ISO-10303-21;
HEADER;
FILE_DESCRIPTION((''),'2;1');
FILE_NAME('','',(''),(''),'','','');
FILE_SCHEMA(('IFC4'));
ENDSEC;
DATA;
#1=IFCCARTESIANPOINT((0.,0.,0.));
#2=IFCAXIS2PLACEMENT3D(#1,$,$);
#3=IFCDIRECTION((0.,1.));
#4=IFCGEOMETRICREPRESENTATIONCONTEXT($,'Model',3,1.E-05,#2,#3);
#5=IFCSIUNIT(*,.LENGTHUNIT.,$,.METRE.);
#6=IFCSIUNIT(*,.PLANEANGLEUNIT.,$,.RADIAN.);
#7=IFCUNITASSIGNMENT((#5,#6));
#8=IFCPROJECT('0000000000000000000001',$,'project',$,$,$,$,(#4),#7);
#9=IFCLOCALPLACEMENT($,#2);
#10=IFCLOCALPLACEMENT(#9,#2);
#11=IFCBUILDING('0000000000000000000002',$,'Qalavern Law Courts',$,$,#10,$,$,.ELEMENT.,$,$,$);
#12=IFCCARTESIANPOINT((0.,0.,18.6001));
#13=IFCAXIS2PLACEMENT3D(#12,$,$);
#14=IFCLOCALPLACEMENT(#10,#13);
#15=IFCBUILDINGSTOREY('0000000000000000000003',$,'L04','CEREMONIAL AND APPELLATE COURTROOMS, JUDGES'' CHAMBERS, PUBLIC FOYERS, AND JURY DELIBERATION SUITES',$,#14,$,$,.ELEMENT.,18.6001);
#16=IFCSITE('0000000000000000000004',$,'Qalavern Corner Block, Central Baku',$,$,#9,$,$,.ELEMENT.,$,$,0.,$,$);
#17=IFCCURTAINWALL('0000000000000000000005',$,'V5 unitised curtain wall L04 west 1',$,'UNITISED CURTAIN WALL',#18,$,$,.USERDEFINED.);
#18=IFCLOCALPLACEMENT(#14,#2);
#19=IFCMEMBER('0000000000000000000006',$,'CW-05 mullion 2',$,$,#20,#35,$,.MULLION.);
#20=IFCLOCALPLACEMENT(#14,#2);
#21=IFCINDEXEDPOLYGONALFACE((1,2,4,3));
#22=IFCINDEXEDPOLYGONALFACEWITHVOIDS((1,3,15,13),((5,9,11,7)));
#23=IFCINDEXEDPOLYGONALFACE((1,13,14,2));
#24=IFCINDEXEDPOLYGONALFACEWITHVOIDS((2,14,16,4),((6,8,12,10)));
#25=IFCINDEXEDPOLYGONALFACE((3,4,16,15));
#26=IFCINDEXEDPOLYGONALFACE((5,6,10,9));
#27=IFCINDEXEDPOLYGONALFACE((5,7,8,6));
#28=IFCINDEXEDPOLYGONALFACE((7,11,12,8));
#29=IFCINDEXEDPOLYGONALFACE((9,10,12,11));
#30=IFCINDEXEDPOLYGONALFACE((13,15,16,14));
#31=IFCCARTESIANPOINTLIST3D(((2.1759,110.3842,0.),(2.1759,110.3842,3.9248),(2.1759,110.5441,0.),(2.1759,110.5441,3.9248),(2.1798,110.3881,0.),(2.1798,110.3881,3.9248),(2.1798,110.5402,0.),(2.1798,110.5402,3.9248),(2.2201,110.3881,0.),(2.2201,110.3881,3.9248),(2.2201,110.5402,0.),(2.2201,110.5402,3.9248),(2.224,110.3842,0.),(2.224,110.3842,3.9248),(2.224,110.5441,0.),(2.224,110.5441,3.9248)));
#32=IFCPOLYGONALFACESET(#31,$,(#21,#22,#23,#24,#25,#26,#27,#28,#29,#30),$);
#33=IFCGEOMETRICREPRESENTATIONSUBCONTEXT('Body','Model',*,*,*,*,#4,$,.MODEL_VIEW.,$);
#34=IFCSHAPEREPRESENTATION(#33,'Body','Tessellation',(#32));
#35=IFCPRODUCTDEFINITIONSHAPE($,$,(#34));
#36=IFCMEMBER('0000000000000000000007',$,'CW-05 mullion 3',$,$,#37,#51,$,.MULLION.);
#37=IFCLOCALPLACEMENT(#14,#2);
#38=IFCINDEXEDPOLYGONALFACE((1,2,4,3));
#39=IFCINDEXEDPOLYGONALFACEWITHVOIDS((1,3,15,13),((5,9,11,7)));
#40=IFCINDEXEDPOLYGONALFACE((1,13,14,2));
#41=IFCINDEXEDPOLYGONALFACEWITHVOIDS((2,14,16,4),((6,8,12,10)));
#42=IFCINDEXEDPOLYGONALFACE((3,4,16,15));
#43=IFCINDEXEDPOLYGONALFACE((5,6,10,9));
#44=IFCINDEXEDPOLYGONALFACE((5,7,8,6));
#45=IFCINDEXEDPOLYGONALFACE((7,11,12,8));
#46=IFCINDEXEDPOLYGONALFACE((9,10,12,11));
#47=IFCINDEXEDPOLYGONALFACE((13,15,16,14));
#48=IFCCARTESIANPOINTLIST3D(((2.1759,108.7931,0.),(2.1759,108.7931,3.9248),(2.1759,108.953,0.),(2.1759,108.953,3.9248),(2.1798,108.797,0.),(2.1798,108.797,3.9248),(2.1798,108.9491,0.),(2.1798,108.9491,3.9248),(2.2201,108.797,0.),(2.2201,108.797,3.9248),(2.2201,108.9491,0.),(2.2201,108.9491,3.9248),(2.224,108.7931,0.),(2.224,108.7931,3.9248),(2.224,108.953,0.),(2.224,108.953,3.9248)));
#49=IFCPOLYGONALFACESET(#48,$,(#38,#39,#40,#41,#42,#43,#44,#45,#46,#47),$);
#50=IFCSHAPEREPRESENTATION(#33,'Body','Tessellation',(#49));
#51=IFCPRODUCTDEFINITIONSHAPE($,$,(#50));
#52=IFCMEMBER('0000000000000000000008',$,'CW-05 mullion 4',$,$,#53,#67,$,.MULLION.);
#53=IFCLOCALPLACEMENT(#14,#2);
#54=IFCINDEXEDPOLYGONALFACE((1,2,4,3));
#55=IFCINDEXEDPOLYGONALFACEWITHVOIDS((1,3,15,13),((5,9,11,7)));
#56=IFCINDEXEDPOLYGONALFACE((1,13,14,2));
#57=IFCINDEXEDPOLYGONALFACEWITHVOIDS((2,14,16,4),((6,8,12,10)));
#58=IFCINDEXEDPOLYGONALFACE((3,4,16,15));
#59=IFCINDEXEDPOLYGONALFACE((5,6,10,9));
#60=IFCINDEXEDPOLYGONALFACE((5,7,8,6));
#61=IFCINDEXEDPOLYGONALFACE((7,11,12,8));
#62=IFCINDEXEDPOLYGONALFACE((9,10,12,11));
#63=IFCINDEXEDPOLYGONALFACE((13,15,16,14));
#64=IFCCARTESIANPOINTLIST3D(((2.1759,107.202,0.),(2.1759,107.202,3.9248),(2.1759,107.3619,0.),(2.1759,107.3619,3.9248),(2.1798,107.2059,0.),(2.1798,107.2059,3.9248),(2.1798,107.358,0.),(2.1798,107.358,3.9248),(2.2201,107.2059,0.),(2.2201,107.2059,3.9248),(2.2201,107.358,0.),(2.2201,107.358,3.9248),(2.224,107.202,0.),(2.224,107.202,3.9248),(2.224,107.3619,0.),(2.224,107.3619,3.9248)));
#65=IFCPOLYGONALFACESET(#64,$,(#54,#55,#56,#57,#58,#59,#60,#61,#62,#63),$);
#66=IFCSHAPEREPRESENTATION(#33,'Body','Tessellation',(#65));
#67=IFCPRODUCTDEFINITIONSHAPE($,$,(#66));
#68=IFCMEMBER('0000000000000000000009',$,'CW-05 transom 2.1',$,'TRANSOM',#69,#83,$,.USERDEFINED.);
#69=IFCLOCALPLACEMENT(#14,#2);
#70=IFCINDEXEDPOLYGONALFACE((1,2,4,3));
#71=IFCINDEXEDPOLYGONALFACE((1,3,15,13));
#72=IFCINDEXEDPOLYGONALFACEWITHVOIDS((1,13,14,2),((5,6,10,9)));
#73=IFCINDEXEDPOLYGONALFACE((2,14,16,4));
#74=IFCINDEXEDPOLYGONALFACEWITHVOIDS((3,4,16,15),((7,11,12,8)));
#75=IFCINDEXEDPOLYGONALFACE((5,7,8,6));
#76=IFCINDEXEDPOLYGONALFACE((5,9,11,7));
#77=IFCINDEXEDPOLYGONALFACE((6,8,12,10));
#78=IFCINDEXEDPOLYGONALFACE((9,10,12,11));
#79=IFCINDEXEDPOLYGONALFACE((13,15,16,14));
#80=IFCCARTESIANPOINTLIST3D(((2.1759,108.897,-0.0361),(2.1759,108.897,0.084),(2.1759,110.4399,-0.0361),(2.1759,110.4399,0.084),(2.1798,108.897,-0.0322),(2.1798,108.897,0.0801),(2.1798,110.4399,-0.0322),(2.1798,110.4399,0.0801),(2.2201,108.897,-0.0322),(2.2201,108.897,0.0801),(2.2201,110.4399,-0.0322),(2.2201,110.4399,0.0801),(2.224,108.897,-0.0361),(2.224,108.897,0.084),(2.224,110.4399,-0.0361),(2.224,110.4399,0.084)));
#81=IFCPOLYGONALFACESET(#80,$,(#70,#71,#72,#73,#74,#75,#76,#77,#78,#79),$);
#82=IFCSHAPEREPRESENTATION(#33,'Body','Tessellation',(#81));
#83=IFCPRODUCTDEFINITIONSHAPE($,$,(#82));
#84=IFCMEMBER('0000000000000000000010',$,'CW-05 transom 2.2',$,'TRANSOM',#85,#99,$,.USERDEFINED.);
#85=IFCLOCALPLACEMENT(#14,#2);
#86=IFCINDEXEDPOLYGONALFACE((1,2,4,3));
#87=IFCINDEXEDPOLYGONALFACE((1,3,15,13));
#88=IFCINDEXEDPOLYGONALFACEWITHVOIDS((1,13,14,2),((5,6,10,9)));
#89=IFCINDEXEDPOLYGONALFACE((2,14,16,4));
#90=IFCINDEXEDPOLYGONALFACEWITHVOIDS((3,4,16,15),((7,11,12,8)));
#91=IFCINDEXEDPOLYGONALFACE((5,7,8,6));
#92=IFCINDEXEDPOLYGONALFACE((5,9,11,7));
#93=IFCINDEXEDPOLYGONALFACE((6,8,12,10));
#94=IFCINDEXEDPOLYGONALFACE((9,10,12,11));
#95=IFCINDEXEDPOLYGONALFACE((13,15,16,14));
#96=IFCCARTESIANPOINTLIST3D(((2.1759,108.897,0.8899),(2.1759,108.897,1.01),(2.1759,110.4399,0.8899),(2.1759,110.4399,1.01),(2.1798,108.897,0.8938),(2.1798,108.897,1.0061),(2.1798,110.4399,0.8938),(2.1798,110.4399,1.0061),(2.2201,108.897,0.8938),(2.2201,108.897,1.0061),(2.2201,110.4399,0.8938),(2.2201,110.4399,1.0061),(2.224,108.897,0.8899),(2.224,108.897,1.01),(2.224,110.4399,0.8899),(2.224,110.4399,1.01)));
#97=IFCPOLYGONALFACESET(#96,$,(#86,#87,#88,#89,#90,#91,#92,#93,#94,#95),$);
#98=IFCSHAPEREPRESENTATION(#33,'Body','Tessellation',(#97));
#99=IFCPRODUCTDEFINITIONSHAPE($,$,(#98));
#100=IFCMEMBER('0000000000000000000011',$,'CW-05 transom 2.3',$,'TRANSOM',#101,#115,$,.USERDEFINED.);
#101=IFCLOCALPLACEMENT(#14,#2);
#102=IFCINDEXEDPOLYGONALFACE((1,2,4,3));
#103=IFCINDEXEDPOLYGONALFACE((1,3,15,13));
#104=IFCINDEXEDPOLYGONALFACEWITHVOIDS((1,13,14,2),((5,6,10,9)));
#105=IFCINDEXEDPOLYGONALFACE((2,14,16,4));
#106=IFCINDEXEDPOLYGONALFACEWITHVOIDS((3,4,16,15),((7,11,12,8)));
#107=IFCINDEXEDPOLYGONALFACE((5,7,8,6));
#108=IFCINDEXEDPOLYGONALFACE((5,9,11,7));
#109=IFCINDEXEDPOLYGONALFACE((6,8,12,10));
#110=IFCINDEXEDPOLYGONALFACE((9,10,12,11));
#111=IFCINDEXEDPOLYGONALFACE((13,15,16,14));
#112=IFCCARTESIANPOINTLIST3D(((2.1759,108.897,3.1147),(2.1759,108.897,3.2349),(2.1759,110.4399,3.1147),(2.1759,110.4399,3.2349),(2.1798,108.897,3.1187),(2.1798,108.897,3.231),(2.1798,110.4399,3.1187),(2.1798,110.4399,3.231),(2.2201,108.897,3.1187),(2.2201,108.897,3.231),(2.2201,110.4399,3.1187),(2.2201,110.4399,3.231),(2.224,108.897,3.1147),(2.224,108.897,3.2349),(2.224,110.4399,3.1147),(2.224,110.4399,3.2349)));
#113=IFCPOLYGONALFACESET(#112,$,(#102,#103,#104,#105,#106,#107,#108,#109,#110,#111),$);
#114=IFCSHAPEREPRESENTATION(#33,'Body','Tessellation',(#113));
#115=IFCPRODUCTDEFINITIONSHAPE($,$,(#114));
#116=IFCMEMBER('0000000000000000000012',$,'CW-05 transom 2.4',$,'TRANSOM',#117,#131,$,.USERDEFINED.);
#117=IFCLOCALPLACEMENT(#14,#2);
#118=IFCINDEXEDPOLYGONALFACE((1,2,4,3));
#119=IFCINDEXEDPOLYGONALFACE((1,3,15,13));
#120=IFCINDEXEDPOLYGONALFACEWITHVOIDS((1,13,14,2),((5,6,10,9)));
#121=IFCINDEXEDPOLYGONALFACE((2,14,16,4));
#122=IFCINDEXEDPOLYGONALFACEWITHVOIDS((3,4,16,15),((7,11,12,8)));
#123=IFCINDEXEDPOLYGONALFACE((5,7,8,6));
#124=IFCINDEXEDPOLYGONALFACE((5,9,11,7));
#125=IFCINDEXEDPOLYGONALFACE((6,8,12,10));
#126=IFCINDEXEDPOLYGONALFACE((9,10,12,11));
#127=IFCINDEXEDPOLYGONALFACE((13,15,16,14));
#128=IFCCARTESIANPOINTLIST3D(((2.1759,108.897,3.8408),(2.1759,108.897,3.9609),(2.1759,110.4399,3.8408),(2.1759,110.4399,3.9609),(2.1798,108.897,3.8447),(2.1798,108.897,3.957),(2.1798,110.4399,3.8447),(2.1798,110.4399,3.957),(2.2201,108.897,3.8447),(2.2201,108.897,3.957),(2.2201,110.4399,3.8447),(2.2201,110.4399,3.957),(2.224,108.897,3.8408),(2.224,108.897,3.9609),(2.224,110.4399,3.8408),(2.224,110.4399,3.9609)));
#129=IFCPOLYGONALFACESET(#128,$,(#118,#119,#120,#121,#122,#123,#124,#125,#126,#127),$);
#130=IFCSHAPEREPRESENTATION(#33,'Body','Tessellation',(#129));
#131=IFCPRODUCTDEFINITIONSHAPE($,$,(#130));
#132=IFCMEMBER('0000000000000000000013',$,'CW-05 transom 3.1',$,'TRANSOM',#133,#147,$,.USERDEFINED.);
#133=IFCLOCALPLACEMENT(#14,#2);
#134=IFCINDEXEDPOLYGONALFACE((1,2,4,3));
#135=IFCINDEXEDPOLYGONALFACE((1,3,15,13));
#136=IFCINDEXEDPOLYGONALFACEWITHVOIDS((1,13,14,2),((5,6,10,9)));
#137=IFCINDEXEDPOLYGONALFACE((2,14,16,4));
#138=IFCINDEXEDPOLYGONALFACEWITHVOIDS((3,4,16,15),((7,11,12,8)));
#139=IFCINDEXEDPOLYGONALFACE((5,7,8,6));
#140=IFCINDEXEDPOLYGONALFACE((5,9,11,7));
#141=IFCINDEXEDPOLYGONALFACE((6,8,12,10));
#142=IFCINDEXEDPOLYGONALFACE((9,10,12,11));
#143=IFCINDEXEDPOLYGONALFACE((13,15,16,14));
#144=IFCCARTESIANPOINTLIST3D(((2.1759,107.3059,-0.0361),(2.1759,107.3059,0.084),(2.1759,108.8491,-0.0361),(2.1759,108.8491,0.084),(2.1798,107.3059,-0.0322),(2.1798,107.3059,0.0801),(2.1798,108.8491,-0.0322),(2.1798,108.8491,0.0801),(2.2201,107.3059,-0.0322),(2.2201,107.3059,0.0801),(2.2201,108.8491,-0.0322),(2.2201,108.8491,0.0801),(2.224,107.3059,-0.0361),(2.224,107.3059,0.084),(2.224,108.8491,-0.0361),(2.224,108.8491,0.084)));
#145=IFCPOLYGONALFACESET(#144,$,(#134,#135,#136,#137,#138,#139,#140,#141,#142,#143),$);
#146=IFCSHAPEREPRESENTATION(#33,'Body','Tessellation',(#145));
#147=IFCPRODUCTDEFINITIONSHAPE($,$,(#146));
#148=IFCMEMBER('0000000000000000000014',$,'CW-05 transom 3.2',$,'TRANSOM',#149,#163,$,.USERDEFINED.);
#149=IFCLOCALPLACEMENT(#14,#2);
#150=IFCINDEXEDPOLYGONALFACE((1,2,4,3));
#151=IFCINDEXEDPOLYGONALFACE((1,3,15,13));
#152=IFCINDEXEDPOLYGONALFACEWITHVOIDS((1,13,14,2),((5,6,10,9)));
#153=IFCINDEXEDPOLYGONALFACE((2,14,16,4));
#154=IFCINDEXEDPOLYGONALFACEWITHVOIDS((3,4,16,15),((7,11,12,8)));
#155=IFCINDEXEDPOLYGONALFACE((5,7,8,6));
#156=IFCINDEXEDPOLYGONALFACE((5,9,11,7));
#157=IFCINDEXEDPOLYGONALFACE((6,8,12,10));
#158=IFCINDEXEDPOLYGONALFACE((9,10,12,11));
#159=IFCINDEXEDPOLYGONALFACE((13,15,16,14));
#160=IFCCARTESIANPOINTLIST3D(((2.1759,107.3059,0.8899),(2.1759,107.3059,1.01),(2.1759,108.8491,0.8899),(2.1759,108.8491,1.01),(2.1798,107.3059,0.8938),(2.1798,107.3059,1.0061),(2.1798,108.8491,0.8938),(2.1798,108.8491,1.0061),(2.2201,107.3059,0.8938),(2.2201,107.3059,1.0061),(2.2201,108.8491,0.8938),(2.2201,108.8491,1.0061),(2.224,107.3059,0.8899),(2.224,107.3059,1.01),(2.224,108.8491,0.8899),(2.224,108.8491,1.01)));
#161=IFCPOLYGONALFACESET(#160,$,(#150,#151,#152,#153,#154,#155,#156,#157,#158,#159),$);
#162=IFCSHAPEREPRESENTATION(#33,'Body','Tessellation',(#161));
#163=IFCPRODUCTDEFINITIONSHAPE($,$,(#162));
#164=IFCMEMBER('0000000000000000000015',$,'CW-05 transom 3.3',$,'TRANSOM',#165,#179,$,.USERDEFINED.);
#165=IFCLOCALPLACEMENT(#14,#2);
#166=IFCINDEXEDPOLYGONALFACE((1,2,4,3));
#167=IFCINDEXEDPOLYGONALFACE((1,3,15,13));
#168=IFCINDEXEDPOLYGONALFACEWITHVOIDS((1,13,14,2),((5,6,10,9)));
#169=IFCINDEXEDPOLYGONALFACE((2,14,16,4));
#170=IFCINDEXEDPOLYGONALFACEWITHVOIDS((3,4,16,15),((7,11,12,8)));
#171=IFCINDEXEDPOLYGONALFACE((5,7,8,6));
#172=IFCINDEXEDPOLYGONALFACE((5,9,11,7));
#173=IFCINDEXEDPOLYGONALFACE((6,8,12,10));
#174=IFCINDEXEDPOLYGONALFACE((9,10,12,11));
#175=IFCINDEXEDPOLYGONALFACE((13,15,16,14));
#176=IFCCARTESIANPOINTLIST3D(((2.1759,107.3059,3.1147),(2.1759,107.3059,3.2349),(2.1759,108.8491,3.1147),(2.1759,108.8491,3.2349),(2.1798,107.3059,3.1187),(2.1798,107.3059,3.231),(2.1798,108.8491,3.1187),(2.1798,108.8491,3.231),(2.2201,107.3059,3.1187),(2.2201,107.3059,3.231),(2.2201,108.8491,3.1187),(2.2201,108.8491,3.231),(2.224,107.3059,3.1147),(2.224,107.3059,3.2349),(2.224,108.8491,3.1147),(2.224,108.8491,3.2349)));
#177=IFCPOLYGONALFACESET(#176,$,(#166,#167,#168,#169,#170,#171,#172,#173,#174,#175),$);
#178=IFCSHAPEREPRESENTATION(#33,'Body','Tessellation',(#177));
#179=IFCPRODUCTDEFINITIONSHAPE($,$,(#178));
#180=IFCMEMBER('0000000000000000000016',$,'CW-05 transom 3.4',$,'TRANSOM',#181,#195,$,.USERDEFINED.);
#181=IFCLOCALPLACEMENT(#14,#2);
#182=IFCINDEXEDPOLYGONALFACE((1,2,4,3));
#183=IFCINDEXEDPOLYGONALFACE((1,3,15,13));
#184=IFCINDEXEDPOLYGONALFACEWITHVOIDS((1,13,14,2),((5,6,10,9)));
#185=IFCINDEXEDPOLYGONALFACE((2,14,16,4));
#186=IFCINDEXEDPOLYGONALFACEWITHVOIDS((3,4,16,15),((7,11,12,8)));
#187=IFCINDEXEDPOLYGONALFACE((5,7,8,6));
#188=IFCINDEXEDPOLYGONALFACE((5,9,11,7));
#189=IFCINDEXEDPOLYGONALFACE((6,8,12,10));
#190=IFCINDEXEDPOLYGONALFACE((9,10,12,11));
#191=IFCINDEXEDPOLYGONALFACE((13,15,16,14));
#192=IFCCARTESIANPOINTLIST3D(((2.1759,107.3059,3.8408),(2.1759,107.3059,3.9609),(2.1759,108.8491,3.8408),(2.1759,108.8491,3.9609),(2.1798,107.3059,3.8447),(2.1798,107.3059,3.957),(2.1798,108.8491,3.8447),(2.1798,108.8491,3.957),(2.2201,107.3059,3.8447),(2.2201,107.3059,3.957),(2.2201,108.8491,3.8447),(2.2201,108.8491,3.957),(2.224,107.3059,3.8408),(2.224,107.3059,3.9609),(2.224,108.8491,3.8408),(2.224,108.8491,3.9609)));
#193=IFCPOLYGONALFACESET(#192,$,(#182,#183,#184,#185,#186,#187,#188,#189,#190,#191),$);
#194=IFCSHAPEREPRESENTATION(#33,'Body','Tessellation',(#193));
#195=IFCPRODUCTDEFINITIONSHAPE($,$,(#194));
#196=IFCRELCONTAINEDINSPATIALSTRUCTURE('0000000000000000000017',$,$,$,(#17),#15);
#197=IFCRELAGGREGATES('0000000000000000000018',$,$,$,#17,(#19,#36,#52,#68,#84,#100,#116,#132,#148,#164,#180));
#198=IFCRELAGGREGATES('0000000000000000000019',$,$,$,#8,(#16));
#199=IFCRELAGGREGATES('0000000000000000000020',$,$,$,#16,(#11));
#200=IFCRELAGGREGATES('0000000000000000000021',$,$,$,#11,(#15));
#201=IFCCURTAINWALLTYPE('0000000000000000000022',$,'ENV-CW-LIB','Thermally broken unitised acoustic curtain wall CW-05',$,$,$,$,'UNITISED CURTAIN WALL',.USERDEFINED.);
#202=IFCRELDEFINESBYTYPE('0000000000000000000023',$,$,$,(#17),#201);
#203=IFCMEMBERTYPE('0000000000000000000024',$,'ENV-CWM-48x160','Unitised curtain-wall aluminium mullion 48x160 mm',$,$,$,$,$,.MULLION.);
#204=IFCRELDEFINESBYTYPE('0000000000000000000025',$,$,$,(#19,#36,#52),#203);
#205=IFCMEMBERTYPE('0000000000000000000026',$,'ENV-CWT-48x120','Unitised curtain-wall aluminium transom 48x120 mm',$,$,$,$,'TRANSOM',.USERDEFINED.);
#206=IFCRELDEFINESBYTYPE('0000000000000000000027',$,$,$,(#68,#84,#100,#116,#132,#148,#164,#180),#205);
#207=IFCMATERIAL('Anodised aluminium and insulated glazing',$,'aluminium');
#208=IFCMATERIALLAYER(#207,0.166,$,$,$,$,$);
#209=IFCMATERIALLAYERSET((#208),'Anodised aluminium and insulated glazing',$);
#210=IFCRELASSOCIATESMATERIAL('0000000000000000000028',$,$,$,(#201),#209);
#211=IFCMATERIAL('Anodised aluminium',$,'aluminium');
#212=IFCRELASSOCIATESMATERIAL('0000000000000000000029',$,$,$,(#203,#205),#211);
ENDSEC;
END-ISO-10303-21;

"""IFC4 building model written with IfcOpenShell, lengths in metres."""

from ifc_helpers import new_model, si_unit, direction, frame, origin, origin_2d, place, context, subcontext, project, spatial, hollow_rectangle, extrude, material, layer, layer_set, material_profile, profile_set, type_object, element, aggregate, save


model = new_model("IFC4")

# Units and contexts
model_context = context("Model", 3, precision=1e-05, world=origin(), true_north=direction((0.0, 1.0)))
body_context = subcontext(model_context, "Body", "Model", "MODEL_VIEW")
ifc_project = project(units=[si_unit("LENGTHUNIT", "METRE"), si_unit("PLANEANGLEUNIT", "RADIAN")], contexts=[model_context])

# Site, building, storey
site_placement = place(None, origin())
site = spatial("IfcSite", under=ifc_project, at=site_placement, Name="Qalavern Corner Block, Central Baku", CompositionType="ELEMENT", RefElevation=0.0)
building_placement = place(site_placement, origin())
building = spatial("IfcBuilding", under=site, at=building_placement, Name="Qalavern Law Courts", CompositionType="ELEMENT")
storey_placement = place(building_placement, frame((0.0, 0.0, 18.6001)))
storey = spatial("IfcBuildingStorey", under=building, at=storey_placement, Name="L04", Description="CEREMONIAL AND APPELLATE COURTROOMS, JUDGES' CHAMBERS, PUBLIC FOYERS, AND JURY DELIBERATION SUITES", CompositionType="ELEMENT", Elevation=18.6001)

# Curtain wall, members
ifc_material_1 = material(Name="Anodised aluminium and insulated glazing", Category="aluminium")
ifc_layer_1 = layer(ifc_material_1, 0.166)
ifc_layer_set_1 = layer_set([ifc_layer_1], Name="Anodised aluminium and insulated glazing")
curtain_wall_type = type_object("IfcCurtainWallType", Name="ENV-CW-LIB", Description="Thermally broken unitised acoustic curtain wall CW-05", ElementType="UNITISED CURTAIN WALL", PredefinedType="USERDEFINED", material=ifc_layer_set_1)
curtain_wall_placement = place(storey_placement, origin())
curtain_wall = element("IfcCurtainWall", 1, at=curtain_wall_placement, inside=storey, type_object=curtain_wall_type, Name="V5 unitised curtain wall L04 west 1", ObjectType="UNITISED CURTAIN WALL", PredefinedType="USERDEFINED")
ifc_material_2 = material(Name="Anodised aluminium", Category="aluminium")
ifc_material_profile_1 = material_profile(ifc_material_2, hollow_rectangle(XDim=0.0481, YDim=0.1599, WallThickness=0.0039, at=origin_2d()), Name="ALU MULLION 48x160")
ifc_profile_set_1 = profile_set([ifc_material_profile_1], Name="Anodised aluminium")
member_type_1 = type_object("IfcMemberType", Name="ENV-CWM-48x160", Description="Unitised curtain-wall aluminium mullion 48x160 mm", PredefinedType="MULLION", material=ifc_profile_set_1)
member_1_placement = place(storey_placement, frame((2.2, 110.4641, 0.0), z_axis=(0.0, 0.0, 1.0), x_axis=(1.0, 0.0, 0.0)))
member_1 = element("IfcMember", 2, at=member_1_placement, type_object=member_type_1, Name="CW-05 mullion 2", PredefinedType="MULLION", context=body_context, shape_type="SweptSolid", body=[
    extrude(hollow_rectangle(XDim=0.0481, YDim=0.1599, WallThickness=0.0039, at=origin_2d()), origin(), (0.0, 0.0, 1.0), 3.9248),
])
member_2_placement = place(storey_placement, frame((2.2, 108.873, 0.0), z_axis=(0.0, 0.0, 1.0), x_axis=(1.0, 0.0, 0.0)))
member_2 = element("IfcMember", 3, at=member_2_placement, type_object=member_type_1, Name="CW-05 mullion 3", PredefinedType="MULLION", context=body_context, shape_type="SweptSolid", body=[
    extrude(hollow_rectangle(XDim=0.0481, YDim=0.1599, WallThickness=0.0039, at=origin_2d()), origin(), (0.0, 0.0, 1.0), 3.9248),
])
member_3_placement = place(storey_placement, frame((2.2, 107.282, 0.0), z_axis=(0.0, 0.0, 1.0), x_axis=(1.0, 0.0, 0.0)))
member_3 = element("IfcMember", 4, at=member_3_placement, type_object=member_type_1, Name="CW-05 mullion 4", PredefinedType="MULLION", context=body_context, shape_type="SweptSolid", body=[
    extrude(hollow_rectangle(XDim=0.0481, YDim=0.1599, WallThickness=0.0039, at=origin_2d()), origin(), (0.0, 0.0, 1.0), 3.9248),
])
ifc_material_profile_2 = material_profile(ifc_material_2, hollow_rectangle(XDim=0.0481, YDim=0.1201, WallThickness=0.0039, at=origin_2d()), Name="ALU TRANSOM 48x120")
ifc_profile_set_2 = profile_set([ifc_material_profile_2], Name="Anodised aluminium")
member_type_2 = type_object("IfcMemberType", Name="ENV-CWT-48x120", Description="Unitised curtain-wall aluminium transom 48x120 mm", ElementType="TRANSOM", PredefinedType="USERDEFINED", material=ifc_profile_set_2)
member_4_placement = place(storey_placement, frame((2.2, 110.4399, 0.0239), z_axis=(0.0, -1.0, 0.0), x_axis=(1.0, 0.0, 0.0)))
member_4 = element("IfcMember", 5, at=member_4_placement, type_object=member_type_2, Name="CW-05 transom 2.1", ObjectType="TRANSOM", PredefinedType="USERDEFINED", context=body_context, shape_type="SweptSolid", body=[
    extrude(hollow_rectangle(XDim=0.0481, YDim=0.1201, WallThickness=0.0039, at=origin_2d()), origin(), (0.0, 0.0, 1.0), 1.543),
])
member_5_placement = place(storey_placement, frame((2.2, 110.4399, 0.95), z_axis=(0.0, -1.0, 0.0), x_axis=(1.0, 0.0, 0.0)))
member_5 = element("IfcMember", 6, at=member_5_placement, type_object=member_type_2, Name="CW-05 transom 2.2", ObjectType="TRANSOM", PredefinedType="USERDEFINED", context=body_context, shape_type="SweptSolid", body=[
    extrude(hollow_rectangle(XDim=0.0481, YDim=0.1201, WallThickness=0.0039, at=origin_2d()), origin(), (0.0, 0.0, 1.0), 1.543),
])
member_6_placement = place(storey_placement, frame((2.2, 110.4399, 3.1748), z_axis=(0.0, -1.0, 0.0), x_axis=(1.0, 0.0, 0.0)))
member_6 = element("IfcMember", 7, at=member_6_placement, type_object=member_type_2, Name="CW-05 transom 2.3", ObjectType="TRANSOM", PredefinedType="USERDEFINED", context=body_context, shape_type="SweptSolid", body=[
    extrude(hollow_rectangle(XDim=0.0481, YDim=0.1201, WallThickness=0.0039, at=origin_2d()), origin(), (0.0, 0.0, 1.0), 1.543),
])
member_7_placement = place(storey_placement, frame((2.2, 110.4399, 3.9009), z_axis=(0.0, -1.0, 0.0), x_axis=(1.0, 0.0, 0.0)))
member_7 = element("IfcMember", 8, at=member_7_placement, type_object=member_type_2, Name="CW-05 transom 2.4", ObjectType="TRANSOM", PredefinedType="USERDEFINED", context=body_context, shape_type="SweptSolid", body=[
    extrude(hollow_rectangle(XDim=0.0481, YDim=0.1201, WallThickness=0.0039, at=origin_2d()), origin(), (0.0, 0.0, 1.0), 1.543),
])
member_8_placement = place(storey_placement, frame((2.2, 108.8491, 0.0239), z_axis=(0.0, -1.0, 0.0), x_axis=(1.0, 0.0, 0.0)))
member_8 = element("IfcMember", 9, at=member_8_placement, type_object=member_type_2, Name="CW-05 transom 3.1", ObjectType="TRANSOM", PredefinedType="USERDEFINED", context=body_context, shape_type="SweptSolid", body=[
    extrude(hollow_rectangle(XDim=0.0481, YDim=0.1201, WallThickness=0.0039, at=origin_2d()), origin(), (0.0, 0.0, 1.0), 1.5432),
])
member_9_placement = place(storey_placement, frame((2.2, 108.8491, 0.95), z_axis=(0.0, -1.0, 0.0), x_axis=(1.0, 0.0, 0.0)))
member_9 = element("IfcMember", 10, at=member_9_placement, type_object=member_type_2, Name="CW-05 transom 3.2", ObjectType="TRANSOM", PredefinedType="USERDEFINED", context=body_context, shape_type="SweptSolid", body=[
    extrude(hollow_rectangle(XDim=0.0481, YDim=0.1201, WallThickness=0.0039, at=origin_2d()), origin(), (0.0, 0.0, 1.0), 1.5432),
])
member_10_placement = place(storey_placement, frame((2.2, 108.8491, 3.1748), z_axis=(0.0, -1.0, 0.0), x_axis=(1.0, 0.0, 0.0)))
member_10 = element("IfcMember", 11, at=member_10_placement, type_object=member_type_2, Name="CW-05 transom 3.3", ObjectType="TRANSOM", PredefinedType="USERDEFINED", context=body_context, shape_type="SweptSolid", body=[
    extrude(hollow_rectangle(XDim=0.0481, YDim=0.1201, WallThickness=0.0039, at=origin_2d()), origin(), (0.0, 0.0, 1.0), 1.5432),
])
member_11_placement = place(storey_placement, frame((2.2, 108.8491, 3.9009), z_axis=(0.0, -1.0, 0.0), x_axis=(1.0, 0.0, 0.0)))
member_11 = element("IfcMember", 12, at=member_11_placement, type_object=member_type_2, Name="CW-05 transom 3.4", ObjectType="TRANSOM", PredefinedType="USERDEFINED", context=body_context, shape_type="SweptSolid", body=[
    extrude(hollow_rectangle(XDim=0.0481, YDim=0.1201, WallThickness=0.0039, at=origin_2d()), origin(), (0.0, 0.0, 1.0), 1.5432),
])

aggregate(curtain_wall, [member_1, member_2, member_3, member_4, member_5, member_6, member_7, member_8, member_9, member_10, member_11])

save(model, "model.ifc")
